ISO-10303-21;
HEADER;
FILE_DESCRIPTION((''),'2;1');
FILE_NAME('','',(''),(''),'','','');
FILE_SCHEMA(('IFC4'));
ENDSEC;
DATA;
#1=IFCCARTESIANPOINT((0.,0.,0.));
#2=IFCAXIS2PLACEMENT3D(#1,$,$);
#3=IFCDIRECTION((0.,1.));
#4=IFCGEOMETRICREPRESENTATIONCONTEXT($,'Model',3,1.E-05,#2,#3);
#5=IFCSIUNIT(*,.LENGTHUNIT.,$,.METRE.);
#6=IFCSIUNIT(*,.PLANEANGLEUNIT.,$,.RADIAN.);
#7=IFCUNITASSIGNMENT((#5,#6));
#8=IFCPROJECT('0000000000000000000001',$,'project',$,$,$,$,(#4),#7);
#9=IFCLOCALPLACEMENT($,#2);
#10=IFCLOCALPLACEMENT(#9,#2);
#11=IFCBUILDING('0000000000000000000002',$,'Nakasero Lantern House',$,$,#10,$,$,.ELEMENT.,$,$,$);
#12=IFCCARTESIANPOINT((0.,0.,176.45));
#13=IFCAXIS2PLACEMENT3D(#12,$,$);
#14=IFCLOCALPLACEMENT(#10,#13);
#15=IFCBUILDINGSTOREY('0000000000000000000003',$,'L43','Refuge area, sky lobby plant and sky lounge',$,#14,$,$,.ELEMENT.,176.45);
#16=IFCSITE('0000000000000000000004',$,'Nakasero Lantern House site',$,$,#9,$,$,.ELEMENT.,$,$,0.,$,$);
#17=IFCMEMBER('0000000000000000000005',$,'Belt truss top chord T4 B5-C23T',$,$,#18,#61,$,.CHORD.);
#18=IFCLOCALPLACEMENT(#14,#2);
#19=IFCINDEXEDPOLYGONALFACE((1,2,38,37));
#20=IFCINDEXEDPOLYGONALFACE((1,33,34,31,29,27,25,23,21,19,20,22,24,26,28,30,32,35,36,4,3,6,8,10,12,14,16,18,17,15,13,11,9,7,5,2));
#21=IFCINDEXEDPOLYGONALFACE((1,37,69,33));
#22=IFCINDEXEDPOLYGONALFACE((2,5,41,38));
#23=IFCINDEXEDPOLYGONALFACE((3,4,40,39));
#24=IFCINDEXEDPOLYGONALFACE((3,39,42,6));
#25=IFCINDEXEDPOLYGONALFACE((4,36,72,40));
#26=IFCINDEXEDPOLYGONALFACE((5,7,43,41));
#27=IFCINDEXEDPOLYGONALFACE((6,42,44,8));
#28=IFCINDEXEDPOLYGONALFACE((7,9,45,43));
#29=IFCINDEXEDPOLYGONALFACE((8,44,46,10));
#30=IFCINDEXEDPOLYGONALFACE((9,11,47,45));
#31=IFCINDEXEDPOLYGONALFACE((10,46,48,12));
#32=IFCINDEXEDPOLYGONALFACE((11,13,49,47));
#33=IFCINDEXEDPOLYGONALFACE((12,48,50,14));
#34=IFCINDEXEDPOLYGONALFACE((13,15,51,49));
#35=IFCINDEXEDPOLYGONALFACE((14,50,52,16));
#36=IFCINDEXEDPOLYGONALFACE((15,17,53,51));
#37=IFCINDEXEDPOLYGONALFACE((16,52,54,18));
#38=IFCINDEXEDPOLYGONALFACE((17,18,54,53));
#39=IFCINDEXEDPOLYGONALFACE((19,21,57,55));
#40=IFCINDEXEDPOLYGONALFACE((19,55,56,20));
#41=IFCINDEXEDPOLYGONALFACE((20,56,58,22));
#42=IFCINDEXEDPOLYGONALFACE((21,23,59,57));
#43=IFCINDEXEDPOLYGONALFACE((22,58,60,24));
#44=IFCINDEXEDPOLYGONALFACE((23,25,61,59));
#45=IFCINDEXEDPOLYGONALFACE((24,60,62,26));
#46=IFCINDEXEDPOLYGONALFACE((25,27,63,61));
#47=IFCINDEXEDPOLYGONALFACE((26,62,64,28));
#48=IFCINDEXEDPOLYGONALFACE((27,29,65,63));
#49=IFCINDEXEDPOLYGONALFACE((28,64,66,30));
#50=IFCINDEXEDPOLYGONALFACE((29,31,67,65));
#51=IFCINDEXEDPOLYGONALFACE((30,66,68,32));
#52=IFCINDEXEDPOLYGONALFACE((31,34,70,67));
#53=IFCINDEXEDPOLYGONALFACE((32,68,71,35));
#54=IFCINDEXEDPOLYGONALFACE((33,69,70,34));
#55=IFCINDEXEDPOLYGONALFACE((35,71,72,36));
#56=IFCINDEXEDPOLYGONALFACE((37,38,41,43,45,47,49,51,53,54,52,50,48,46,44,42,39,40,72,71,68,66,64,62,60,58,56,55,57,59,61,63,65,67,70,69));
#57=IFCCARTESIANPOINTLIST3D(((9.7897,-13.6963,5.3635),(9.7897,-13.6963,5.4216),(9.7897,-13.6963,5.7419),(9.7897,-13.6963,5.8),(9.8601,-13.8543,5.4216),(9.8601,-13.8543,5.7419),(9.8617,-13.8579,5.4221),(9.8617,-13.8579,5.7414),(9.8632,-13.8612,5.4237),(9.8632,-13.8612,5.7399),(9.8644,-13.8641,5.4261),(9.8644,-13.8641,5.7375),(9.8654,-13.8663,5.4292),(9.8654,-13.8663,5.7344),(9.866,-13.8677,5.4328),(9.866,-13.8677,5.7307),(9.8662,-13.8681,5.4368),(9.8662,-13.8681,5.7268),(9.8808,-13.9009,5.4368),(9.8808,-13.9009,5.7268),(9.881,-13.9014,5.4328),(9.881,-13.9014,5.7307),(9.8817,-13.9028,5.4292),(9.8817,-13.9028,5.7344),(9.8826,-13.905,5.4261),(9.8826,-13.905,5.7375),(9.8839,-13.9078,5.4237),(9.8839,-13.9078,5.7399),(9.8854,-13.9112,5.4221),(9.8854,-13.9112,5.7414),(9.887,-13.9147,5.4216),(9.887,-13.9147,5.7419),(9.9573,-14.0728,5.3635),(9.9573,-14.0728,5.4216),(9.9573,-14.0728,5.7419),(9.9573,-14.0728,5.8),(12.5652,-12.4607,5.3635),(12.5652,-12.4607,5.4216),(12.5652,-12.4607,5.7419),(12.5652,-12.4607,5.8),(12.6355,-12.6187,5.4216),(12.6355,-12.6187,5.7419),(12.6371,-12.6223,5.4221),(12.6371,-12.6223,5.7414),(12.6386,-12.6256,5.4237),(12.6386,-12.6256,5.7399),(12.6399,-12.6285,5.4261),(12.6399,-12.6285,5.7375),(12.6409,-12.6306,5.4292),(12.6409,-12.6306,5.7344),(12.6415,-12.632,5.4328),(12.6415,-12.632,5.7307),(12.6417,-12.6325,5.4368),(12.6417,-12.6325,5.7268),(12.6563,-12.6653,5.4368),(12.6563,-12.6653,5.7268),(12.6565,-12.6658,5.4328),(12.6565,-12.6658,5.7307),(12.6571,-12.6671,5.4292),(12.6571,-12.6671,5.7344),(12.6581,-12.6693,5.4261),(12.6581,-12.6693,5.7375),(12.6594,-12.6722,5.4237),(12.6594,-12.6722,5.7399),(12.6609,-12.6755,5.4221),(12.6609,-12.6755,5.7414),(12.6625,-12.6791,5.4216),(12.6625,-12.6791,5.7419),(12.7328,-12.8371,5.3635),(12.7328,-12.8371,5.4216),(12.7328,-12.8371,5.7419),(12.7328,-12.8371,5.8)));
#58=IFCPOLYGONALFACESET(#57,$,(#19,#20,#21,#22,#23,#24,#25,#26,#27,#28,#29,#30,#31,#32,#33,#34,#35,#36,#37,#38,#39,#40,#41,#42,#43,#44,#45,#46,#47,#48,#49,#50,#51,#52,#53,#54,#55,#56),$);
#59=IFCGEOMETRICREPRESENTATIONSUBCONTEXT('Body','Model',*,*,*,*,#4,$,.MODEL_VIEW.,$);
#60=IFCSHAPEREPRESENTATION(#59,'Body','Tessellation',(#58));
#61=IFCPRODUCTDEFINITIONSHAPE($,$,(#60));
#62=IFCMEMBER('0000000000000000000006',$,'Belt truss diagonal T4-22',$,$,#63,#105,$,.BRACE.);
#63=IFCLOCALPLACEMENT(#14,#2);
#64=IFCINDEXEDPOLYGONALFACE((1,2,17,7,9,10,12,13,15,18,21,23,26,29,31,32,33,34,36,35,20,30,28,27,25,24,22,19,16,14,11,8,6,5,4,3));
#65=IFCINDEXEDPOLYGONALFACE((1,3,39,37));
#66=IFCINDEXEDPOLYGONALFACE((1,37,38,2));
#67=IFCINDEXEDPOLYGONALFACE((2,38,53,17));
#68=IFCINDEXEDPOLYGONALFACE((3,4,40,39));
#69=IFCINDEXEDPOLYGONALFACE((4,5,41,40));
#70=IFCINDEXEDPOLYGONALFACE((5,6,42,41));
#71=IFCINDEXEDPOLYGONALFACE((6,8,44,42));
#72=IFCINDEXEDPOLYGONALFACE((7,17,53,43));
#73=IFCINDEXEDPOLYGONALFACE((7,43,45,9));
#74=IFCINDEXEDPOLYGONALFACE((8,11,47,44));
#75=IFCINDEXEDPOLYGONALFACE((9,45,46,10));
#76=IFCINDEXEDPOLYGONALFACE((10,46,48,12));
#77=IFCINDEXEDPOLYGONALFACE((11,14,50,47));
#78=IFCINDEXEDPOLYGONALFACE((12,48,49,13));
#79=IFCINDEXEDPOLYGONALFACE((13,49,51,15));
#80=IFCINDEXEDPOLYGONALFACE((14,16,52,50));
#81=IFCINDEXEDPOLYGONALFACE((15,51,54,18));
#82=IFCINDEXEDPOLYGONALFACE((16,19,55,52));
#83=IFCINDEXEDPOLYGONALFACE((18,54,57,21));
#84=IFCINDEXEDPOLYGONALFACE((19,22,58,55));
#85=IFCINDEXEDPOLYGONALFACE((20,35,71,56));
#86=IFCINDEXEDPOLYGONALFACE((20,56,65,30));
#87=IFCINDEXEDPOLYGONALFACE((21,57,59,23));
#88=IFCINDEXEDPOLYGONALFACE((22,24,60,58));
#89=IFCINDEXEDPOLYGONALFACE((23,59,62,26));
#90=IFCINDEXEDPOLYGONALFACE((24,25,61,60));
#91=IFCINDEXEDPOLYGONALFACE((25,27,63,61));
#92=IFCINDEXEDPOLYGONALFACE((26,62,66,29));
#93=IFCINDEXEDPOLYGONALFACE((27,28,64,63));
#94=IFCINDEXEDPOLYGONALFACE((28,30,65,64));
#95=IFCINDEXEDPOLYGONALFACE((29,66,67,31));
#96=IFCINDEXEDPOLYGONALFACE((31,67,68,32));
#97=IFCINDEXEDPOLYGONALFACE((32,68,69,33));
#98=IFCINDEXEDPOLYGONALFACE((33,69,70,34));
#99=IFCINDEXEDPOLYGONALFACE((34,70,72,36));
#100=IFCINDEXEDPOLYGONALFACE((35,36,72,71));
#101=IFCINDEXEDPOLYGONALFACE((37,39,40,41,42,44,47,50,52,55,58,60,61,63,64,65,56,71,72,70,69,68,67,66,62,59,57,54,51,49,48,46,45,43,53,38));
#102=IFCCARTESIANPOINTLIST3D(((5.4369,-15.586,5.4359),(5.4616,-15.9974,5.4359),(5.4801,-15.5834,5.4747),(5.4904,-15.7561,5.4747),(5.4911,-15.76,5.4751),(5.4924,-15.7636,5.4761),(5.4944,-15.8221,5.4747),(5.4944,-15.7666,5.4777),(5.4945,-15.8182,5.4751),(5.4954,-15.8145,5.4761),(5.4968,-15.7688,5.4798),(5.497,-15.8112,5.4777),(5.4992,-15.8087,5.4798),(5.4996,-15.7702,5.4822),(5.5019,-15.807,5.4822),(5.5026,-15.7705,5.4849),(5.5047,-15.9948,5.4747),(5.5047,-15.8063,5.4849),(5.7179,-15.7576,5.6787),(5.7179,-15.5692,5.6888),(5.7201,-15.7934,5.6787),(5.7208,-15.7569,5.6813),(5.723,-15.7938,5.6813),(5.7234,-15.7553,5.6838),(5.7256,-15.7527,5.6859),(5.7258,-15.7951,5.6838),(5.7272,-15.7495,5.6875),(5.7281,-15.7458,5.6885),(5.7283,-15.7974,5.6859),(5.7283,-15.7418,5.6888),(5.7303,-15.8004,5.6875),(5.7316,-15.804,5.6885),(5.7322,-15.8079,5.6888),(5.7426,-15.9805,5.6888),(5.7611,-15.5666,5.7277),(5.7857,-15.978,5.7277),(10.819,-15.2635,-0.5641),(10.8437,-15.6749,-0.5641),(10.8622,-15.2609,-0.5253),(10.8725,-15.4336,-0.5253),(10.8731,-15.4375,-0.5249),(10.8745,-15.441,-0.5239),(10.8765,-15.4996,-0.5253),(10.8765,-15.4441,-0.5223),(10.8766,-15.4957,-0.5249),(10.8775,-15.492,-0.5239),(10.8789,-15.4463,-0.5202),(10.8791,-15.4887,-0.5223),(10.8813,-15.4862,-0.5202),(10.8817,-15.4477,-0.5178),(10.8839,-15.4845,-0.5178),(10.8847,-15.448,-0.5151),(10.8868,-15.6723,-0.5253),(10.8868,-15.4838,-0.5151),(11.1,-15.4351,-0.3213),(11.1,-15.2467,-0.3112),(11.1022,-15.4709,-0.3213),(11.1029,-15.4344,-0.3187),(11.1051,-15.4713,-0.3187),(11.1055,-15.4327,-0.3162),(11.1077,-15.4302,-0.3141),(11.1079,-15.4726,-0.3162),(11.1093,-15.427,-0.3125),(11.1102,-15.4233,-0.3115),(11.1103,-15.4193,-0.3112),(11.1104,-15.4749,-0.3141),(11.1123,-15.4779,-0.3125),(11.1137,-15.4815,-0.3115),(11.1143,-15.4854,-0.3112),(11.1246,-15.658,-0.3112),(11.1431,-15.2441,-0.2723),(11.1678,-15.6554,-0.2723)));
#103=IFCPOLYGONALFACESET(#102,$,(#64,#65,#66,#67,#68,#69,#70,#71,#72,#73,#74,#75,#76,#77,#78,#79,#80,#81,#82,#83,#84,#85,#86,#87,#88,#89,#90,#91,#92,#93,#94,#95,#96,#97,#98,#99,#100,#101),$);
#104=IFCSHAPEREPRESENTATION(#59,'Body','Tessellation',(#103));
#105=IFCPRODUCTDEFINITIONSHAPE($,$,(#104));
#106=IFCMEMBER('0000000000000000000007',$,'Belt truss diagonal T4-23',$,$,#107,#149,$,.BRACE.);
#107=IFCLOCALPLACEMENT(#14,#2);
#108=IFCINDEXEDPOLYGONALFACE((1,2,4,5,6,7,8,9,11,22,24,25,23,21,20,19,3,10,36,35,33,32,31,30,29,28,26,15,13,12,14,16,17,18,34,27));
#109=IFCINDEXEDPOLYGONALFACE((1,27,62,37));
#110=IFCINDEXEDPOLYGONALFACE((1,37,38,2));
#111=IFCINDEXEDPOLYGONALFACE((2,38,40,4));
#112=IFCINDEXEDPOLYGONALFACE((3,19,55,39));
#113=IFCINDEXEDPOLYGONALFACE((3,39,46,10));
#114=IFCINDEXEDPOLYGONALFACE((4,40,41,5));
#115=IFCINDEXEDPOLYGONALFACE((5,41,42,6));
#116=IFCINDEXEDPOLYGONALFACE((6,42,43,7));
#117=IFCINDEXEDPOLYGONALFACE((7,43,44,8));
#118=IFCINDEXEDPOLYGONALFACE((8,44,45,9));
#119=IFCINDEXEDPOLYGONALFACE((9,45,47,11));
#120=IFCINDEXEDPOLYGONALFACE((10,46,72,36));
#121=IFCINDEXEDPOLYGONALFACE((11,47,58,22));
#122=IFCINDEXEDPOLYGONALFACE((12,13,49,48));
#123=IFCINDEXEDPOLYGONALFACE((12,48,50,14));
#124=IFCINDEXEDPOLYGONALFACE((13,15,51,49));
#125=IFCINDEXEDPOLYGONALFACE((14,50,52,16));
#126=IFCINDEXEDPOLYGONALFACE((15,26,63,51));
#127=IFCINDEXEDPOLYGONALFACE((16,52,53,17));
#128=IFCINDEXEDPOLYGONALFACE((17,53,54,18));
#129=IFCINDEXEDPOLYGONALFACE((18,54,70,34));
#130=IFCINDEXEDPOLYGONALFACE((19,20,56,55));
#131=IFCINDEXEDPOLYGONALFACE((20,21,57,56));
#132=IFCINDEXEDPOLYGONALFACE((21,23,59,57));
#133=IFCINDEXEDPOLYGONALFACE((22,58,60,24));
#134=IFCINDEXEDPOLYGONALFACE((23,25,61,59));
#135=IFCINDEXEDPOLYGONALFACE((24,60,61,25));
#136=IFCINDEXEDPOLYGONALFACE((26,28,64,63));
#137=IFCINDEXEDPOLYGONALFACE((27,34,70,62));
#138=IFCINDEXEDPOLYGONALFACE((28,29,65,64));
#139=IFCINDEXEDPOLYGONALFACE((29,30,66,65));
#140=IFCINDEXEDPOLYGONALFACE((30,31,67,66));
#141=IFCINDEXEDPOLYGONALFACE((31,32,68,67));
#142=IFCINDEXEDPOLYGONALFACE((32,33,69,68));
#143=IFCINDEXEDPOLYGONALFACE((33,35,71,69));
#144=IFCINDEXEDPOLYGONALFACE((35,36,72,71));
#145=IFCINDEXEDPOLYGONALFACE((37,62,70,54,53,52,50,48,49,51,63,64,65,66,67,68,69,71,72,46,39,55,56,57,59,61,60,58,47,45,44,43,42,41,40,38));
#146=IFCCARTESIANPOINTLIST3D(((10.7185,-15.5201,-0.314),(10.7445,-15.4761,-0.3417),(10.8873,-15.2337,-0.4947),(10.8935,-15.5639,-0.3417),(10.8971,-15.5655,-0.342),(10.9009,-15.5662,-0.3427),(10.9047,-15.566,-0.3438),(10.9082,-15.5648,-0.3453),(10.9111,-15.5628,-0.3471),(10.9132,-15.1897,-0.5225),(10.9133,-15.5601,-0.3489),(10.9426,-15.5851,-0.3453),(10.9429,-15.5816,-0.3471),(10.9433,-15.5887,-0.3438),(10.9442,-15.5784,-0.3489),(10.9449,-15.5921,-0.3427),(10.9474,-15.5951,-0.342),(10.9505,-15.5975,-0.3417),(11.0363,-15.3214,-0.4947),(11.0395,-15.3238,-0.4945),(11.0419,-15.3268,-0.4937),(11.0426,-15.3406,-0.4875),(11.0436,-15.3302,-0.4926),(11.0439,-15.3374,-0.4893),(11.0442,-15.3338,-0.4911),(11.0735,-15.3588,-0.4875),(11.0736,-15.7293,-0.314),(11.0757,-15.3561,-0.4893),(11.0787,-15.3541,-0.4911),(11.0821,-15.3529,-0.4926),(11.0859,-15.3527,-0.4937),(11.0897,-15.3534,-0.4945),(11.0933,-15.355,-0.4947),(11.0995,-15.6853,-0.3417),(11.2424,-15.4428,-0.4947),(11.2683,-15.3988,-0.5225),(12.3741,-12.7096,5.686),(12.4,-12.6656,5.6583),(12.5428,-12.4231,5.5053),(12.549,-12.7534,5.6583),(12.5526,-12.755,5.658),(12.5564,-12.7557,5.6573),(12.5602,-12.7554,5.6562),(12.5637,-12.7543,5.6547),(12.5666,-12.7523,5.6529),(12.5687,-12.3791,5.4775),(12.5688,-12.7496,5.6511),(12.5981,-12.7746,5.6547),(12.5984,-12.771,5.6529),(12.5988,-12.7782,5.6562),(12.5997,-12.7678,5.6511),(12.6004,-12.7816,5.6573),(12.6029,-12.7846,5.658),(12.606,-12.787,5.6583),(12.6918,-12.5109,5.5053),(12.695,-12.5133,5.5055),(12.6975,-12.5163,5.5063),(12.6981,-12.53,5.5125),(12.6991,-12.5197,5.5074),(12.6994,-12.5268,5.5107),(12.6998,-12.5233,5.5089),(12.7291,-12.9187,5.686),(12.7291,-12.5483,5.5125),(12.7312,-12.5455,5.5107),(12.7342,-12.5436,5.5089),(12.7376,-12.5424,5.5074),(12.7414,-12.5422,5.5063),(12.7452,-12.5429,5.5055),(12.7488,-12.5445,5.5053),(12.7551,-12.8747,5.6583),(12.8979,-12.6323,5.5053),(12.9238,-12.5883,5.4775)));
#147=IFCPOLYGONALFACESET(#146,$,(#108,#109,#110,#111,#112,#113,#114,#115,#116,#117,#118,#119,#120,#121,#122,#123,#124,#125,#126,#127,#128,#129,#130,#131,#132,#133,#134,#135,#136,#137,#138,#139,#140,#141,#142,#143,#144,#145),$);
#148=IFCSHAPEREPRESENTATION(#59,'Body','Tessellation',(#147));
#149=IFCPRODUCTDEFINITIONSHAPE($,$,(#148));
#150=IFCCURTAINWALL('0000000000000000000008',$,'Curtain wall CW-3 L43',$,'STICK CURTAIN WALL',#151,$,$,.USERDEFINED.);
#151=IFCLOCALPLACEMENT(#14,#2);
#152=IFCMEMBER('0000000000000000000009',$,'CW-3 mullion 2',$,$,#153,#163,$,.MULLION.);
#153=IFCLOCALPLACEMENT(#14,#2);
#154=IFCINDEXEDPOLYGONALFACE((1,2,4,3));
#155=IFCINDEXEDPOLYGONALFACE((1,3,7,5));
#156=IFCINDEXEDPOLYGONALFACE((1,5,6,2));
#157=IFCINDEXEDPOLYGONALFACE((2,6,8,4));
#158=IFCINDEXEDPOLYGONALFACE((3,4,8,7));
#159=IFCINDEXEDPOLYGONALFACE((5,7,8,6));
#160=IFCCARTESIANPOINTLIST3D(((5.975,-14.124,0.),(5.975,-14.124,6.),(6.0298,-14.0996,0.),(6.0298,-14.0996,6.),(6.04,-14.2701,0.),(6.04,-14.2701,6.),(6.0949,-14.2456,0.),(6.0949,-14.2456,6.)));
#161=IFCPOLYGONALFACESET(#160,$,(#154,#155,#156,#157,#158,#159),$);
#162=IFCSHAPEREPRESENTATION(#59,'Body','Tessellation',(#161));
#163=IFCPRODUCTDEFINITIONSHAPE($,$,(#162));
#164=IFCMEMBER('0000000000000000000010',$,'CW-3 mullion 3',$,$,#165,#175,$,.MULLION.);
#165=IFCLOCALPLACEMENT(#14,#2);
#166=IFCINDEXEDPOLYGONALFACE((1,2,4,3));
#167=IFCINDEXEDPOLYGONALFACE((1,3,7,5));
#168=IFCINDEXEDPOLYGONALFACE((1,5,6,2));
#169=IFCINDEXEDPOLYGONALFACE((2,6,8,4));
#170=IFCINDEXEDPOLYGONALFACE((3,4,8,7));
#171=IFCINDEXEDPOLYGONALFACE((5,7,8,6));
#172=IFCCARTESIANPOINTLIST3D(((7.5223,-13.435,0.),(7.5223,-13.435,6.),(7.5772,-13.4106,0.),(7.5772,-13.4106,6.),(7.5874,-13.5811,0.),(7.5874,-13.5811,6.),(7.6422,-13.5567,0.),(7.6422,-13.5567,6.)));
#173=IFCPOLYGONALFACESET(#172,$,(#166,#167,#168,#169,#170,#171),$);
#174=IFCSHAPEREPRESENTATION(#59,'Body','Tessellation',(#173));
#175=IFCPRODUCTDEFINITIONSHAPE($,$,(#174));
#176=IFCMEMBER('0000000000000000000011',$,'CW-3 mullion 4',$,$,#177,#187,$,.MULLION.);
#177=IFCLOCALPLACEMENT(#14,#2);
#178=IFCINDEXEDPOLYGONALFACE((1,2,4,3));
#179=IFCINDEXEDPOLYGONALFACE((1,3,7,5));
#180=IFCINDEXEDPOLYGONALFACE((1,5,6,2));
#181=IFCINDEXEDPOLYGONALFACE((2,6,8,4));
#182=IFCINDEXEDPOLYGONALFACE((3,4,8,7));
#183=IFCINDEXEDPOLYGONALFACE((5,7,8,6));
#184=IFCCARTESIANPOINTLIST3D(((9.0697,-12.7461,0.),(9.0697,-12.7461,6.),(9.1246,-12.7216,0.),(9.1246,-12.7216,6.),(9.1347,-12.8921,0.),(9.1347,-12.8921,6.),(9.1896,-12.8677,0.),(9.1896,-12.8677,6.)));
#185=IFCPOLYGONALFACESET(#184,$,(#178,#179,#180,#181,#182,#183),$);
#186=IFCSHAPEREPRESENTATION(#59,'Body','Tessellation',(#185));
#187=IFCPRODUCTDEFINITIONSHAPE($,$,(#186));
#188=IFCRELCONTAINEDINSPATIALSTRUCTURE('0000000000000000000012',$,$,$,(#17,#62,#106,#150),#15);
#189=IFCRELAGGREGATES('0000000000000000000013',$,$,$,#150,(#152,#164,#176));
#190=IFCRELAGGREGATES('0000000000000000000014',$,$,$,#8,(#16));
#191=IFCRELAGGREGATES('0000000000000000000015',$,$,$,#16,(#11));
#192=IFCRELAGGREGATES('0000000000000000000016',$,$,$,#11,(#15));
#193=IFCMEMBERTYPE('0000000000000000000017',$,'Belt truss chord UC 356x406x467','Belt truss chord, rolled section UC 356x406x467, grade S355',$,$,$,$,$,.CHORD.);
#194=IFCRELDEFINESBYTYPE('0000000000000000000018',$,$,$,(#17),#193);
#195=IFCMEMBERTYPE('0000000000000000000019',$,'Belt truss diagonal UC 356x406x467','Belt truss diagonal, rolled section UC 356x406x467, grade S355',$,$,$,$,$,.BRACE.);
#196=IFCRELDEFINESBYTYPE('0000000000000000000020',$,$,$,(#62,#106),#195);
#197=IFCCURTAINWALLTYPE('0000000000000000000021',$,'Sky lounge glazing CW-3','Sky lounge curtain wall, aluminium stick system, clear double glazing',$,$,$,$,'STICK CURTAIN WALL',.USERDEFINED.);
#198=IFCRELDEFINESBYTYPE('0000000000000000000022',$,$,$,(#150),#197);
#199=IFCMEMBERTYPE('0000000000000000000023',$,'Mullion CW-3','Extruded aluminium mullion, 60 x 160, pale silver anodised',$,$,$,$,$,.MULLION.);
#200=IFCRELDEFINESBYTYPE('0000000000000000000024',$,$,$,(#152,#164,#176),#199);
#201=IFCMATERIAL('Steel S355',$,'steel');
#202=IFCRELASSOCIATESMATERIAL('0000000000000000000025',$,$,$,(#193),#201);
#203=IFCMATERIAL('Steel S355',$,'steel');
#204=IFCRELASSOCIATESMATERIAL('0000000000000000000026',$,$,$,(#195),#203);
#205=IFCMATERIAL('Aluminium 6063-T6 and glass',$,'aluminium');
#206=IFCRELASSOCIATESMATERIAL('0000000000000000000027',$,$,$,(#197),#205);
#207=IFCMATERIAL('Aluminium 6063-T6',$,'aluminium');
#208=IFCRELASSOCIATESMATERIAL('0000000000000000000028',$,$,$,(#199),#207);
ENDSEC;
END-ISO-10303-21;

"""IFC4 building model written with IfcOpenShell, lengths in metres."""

from ifc_helpers import new_model, si_unit, direction, frame, origin, origin_2d, place, context, subcontext, project, spatial, rectangle, i_section, extrude, material, material_profile, profile_set, type_object, element, aggregate, save


model = new_model("IFC4")

# Units and contexts
model_context = context("Model", 3, precision=1e-05, world=origin(), true_north=direction((0.0, 1.0)))
body_context = subcontext(model_context, "Body", "Model", "MODEL_VIEW")
ifc_project = project(units=[si_unit("LENGTHUNIT", "METRE"), si_unit("PLANEANGLEUNIT", "RADIAN")], contexts=[model_context])

# Site, building, storey
site_placement = place(None, origin())
site = spatial("IfcSite", under=ifc_project, at=site_placement, Name="Nakasero Lantern House site", CompositionType="ELEMENT", RefElevation=0.0)
building_placement = place(site_placement, origin())
building = spatial("IfcBuilding", under=site, at=building_placement, Name="Nakasero Lantern House", CompositionType="ELEMENT")
storey_placement = place(building_placement, frame((0.0, 0.0, 176.45)))
storey = spatial("IfcBuildingStorey", under=building, at=storey_placement, Name="L43", Description="Refuge area, sky lobby plant and sky lounge", CompositionType="ELEMENT", Elevation=176.45)

# Members
ifc_material_1 = material(Name="Steel S355", Category="steel")
ifc_material_profile_1 = material_profile(ifc_material_1, i_section(OverallWidth=0.4121, OverallDepth=0.4365, WebThickness=0.0359, FlangeThickness=0.0581, FilletRadius=0.0151, at=origin_2d()), Name="UC 356x406x467")
ifc_profile_set_1 = profile_set([ifc_material_profile_1], Name="Steel S355")
member_type_1 = type_object("IfcMemberType", Name="Belt truss chord UC 356x406x467", Description="Belt truss chord, rolled section UC 356x406x467, grade S355", PredefinedType="CHORD", material=ifc_profile_set_1)
member_1_placement = place(storey_placement, frame((9.8735, -13.8845, 5.5818), z_axis=(0.913556, 0.406713, 0.0), x_axis=(-0.406713, 0.913556, 0.0)))
element("IfcMember", 1, at=member_1_placement, inside=storey, type_object=member_type_1, Name="Belt truss top chord T4 B5-C23T", PredefinedType="CHORD", context=body_context, shape_type="SweptSolid", body=[
    extrude(i_section(OverallWidth=0.4121, OverallDepth=0.4365, WebThickness=0.0359, FlangeThickness=0.0581, FilletRadius=0.0151, at=origin_2d()), origin(), (0.0, 0.0, 1.0), 3.0381),
])
ifc_material_2 = material(Name="Steel S355", Category="steel")
ifc_material_profile_2 = material_profile(ifc_material_2, i_section(OverallWidth=0.4121, OverallDepth=0.4365, WebThickness=0.0359, FlangeThickness=0.0581, FilletRadius=0.0151, at=origin_2d()), Name="UC 356x406x467")
ifc_profile_set_2 = profile_set([ifc_material_profile_2], Name="Steel S355")
member_type_2 = type_object("IfcMemberType", Name="Belt truss diagonal UC 356x406x467", Description="Belt truss diagonal, rolled section UC 356x406x467, grade S355", PredefinedType="BRACE", material=ifc_profile_set_2)
member_2_placement = place(storey_placement, frame((5.6113, -15.782, 5.5818), z_axis=(0.667202, 0.039981, -0.743803), x_axis=(-0.059816, 0.998209, 0.0)))
element("IfcMember", 2, at=member_2_placement, inside=storey, type_object=member_type_2, Name="Belt truss diagonal T4-22", PredefinedType="BRACE", context=body_context, shape_type="SweptSolid", body=[
    extrude(i_section(OverallWidth=0.4121, OverallDepth=0.4365, WebThickness=0.0359, FlangeThickness=0.0581, FilletRadius=0.0151, at=origin_2d()), origin(), (0.0, 0.0, 1.0), 8.0667),
])
member_3_placement = place(storey_placement, frame((10.9934, -15.4595, -0.4182), z_axis=(0.242412, 0.41154, 0.878562), x_axis=(-0.861632, 0.507534, 0.0)))
element("IfcMember", 3, at=member_3_placement, inside=storey, type_object=member_type_2, Name="Belt truss diagonal T4-23", PredefinedType="BRACE", context=body_context, shape_type="SweptSolid", body=[
    extrude(i_section(OverallWidth=0.4121, OverallDepth=0.4365, WebThickness=0.0359, FlangeThickness=0.0581, FilletRadius=0.0151, at=origin_2d()), origin(), (0.0, 0.0, 1.0), 6.8293),
])

# Curtain wall, members
ifc_material_3 = material(Name="Aluminium 6063-T6 and glass", Category="aluminium")
curtain_wall_type = type_object("IfcCurtainWallType", Name="Sky lounge glazing CW-3", Description="Sky lounge curtain wall, aluminium stick system, clear double glazing", ElementType="STICK CURTAIN WALL", PredefinedType="USERDEFINED", material=ifc_material_3)
curtain_wall_placement = place(storey_placement, origin())
curtain_wall = element("IfcCurtainWall", 4, at=curtain_wall_placement, inside=storey, type_object=curtain_wall_type, Name="Curtain wall CW-3 L43", ObjectType="STICK CURTAIN WALL", PredefinedType="USERDEFINED")
ifc_material_4 = material(Name="Aluminium 6063-T6", Category="aluminium")
ifc_material_profile_3 = material_profile(ifc_material_4, rectangle(XDim=0.0601, YDim=0.1599, at=origin_2d()), Name="CW-3 mullion 60x160")
ifc_profile_set_3 = profile_set([ifc_material_profile_3], Name="Aluminium 6063-T6")
member_type_3 = type_object("IfcMemberType", Name="Mullion CW-3", Description="Extruded aluminium mullion, 60 x 160, pale silver anodised", PredefinedType="MULLION", material=ifc_profile_set_3)
member_4_placement = place(storey_placement, frame((6.0349, -14.1848, 0.0), z_axis=(0.0, 0.0, 1.0), x_axis=(0.913545, 0.406737, 0.0)))
member_4 = element("IfcMember", 5, at=member_4_placement, type_object=member_type_3, Name="CW-3 mullion 2", PredefinedType="MULLION", context=body_context, shape_type="SweptSolid", body=[
    extrude(rectangle(XDim=0.0601, YDim=0.1599, at=origin_2d()), origin(), (0.0, 0.0, 1.0), 6.0),
])
member_5_placement = place(storey_placement, frame((7.5823, -13.4958, 0.0), z_axis=(0.0, 0.0, 1.0), x_axis=(0.913545, 0.406737, 0.0)))
member_5 = element("IfcMember", 6, at=member_5_placement, type_object=member_type_3, Name="CW-3 mullion 3", PredefinedType="MULLION", context=body_context, shape_type="SweptSolid", body=[
    extrude(rectangle(XDim=0.0601, YDim=0.1599, at=origin_2d()), origin(), (0.0, 0.0, 1.0), 6.0),
])
member_6_placement = place(storey_placement, frame((9.1296, -12.8069, 0.0), z_axis=(0.0, 0.0, 1.0), x_axis=(0.913545, 0.406737, 0.0)))
member_6 = element("IfcMember", 7, at=member_6_placement, type_object=member_type_3, Name="CW-3 mullion 4", PredefinedType="MULLION", context=body_context, shape_type="SweptSolid", body=[
    extrude(rectangle(XDim=0.0601, YDim=0.1599, at=origin_2d()), origin(), (0.0, 0.0, 1.0), 6.0),
])

aggregate(curtain_wall, [member_4, member_5, member_6])

save(model, "model.ifc")
